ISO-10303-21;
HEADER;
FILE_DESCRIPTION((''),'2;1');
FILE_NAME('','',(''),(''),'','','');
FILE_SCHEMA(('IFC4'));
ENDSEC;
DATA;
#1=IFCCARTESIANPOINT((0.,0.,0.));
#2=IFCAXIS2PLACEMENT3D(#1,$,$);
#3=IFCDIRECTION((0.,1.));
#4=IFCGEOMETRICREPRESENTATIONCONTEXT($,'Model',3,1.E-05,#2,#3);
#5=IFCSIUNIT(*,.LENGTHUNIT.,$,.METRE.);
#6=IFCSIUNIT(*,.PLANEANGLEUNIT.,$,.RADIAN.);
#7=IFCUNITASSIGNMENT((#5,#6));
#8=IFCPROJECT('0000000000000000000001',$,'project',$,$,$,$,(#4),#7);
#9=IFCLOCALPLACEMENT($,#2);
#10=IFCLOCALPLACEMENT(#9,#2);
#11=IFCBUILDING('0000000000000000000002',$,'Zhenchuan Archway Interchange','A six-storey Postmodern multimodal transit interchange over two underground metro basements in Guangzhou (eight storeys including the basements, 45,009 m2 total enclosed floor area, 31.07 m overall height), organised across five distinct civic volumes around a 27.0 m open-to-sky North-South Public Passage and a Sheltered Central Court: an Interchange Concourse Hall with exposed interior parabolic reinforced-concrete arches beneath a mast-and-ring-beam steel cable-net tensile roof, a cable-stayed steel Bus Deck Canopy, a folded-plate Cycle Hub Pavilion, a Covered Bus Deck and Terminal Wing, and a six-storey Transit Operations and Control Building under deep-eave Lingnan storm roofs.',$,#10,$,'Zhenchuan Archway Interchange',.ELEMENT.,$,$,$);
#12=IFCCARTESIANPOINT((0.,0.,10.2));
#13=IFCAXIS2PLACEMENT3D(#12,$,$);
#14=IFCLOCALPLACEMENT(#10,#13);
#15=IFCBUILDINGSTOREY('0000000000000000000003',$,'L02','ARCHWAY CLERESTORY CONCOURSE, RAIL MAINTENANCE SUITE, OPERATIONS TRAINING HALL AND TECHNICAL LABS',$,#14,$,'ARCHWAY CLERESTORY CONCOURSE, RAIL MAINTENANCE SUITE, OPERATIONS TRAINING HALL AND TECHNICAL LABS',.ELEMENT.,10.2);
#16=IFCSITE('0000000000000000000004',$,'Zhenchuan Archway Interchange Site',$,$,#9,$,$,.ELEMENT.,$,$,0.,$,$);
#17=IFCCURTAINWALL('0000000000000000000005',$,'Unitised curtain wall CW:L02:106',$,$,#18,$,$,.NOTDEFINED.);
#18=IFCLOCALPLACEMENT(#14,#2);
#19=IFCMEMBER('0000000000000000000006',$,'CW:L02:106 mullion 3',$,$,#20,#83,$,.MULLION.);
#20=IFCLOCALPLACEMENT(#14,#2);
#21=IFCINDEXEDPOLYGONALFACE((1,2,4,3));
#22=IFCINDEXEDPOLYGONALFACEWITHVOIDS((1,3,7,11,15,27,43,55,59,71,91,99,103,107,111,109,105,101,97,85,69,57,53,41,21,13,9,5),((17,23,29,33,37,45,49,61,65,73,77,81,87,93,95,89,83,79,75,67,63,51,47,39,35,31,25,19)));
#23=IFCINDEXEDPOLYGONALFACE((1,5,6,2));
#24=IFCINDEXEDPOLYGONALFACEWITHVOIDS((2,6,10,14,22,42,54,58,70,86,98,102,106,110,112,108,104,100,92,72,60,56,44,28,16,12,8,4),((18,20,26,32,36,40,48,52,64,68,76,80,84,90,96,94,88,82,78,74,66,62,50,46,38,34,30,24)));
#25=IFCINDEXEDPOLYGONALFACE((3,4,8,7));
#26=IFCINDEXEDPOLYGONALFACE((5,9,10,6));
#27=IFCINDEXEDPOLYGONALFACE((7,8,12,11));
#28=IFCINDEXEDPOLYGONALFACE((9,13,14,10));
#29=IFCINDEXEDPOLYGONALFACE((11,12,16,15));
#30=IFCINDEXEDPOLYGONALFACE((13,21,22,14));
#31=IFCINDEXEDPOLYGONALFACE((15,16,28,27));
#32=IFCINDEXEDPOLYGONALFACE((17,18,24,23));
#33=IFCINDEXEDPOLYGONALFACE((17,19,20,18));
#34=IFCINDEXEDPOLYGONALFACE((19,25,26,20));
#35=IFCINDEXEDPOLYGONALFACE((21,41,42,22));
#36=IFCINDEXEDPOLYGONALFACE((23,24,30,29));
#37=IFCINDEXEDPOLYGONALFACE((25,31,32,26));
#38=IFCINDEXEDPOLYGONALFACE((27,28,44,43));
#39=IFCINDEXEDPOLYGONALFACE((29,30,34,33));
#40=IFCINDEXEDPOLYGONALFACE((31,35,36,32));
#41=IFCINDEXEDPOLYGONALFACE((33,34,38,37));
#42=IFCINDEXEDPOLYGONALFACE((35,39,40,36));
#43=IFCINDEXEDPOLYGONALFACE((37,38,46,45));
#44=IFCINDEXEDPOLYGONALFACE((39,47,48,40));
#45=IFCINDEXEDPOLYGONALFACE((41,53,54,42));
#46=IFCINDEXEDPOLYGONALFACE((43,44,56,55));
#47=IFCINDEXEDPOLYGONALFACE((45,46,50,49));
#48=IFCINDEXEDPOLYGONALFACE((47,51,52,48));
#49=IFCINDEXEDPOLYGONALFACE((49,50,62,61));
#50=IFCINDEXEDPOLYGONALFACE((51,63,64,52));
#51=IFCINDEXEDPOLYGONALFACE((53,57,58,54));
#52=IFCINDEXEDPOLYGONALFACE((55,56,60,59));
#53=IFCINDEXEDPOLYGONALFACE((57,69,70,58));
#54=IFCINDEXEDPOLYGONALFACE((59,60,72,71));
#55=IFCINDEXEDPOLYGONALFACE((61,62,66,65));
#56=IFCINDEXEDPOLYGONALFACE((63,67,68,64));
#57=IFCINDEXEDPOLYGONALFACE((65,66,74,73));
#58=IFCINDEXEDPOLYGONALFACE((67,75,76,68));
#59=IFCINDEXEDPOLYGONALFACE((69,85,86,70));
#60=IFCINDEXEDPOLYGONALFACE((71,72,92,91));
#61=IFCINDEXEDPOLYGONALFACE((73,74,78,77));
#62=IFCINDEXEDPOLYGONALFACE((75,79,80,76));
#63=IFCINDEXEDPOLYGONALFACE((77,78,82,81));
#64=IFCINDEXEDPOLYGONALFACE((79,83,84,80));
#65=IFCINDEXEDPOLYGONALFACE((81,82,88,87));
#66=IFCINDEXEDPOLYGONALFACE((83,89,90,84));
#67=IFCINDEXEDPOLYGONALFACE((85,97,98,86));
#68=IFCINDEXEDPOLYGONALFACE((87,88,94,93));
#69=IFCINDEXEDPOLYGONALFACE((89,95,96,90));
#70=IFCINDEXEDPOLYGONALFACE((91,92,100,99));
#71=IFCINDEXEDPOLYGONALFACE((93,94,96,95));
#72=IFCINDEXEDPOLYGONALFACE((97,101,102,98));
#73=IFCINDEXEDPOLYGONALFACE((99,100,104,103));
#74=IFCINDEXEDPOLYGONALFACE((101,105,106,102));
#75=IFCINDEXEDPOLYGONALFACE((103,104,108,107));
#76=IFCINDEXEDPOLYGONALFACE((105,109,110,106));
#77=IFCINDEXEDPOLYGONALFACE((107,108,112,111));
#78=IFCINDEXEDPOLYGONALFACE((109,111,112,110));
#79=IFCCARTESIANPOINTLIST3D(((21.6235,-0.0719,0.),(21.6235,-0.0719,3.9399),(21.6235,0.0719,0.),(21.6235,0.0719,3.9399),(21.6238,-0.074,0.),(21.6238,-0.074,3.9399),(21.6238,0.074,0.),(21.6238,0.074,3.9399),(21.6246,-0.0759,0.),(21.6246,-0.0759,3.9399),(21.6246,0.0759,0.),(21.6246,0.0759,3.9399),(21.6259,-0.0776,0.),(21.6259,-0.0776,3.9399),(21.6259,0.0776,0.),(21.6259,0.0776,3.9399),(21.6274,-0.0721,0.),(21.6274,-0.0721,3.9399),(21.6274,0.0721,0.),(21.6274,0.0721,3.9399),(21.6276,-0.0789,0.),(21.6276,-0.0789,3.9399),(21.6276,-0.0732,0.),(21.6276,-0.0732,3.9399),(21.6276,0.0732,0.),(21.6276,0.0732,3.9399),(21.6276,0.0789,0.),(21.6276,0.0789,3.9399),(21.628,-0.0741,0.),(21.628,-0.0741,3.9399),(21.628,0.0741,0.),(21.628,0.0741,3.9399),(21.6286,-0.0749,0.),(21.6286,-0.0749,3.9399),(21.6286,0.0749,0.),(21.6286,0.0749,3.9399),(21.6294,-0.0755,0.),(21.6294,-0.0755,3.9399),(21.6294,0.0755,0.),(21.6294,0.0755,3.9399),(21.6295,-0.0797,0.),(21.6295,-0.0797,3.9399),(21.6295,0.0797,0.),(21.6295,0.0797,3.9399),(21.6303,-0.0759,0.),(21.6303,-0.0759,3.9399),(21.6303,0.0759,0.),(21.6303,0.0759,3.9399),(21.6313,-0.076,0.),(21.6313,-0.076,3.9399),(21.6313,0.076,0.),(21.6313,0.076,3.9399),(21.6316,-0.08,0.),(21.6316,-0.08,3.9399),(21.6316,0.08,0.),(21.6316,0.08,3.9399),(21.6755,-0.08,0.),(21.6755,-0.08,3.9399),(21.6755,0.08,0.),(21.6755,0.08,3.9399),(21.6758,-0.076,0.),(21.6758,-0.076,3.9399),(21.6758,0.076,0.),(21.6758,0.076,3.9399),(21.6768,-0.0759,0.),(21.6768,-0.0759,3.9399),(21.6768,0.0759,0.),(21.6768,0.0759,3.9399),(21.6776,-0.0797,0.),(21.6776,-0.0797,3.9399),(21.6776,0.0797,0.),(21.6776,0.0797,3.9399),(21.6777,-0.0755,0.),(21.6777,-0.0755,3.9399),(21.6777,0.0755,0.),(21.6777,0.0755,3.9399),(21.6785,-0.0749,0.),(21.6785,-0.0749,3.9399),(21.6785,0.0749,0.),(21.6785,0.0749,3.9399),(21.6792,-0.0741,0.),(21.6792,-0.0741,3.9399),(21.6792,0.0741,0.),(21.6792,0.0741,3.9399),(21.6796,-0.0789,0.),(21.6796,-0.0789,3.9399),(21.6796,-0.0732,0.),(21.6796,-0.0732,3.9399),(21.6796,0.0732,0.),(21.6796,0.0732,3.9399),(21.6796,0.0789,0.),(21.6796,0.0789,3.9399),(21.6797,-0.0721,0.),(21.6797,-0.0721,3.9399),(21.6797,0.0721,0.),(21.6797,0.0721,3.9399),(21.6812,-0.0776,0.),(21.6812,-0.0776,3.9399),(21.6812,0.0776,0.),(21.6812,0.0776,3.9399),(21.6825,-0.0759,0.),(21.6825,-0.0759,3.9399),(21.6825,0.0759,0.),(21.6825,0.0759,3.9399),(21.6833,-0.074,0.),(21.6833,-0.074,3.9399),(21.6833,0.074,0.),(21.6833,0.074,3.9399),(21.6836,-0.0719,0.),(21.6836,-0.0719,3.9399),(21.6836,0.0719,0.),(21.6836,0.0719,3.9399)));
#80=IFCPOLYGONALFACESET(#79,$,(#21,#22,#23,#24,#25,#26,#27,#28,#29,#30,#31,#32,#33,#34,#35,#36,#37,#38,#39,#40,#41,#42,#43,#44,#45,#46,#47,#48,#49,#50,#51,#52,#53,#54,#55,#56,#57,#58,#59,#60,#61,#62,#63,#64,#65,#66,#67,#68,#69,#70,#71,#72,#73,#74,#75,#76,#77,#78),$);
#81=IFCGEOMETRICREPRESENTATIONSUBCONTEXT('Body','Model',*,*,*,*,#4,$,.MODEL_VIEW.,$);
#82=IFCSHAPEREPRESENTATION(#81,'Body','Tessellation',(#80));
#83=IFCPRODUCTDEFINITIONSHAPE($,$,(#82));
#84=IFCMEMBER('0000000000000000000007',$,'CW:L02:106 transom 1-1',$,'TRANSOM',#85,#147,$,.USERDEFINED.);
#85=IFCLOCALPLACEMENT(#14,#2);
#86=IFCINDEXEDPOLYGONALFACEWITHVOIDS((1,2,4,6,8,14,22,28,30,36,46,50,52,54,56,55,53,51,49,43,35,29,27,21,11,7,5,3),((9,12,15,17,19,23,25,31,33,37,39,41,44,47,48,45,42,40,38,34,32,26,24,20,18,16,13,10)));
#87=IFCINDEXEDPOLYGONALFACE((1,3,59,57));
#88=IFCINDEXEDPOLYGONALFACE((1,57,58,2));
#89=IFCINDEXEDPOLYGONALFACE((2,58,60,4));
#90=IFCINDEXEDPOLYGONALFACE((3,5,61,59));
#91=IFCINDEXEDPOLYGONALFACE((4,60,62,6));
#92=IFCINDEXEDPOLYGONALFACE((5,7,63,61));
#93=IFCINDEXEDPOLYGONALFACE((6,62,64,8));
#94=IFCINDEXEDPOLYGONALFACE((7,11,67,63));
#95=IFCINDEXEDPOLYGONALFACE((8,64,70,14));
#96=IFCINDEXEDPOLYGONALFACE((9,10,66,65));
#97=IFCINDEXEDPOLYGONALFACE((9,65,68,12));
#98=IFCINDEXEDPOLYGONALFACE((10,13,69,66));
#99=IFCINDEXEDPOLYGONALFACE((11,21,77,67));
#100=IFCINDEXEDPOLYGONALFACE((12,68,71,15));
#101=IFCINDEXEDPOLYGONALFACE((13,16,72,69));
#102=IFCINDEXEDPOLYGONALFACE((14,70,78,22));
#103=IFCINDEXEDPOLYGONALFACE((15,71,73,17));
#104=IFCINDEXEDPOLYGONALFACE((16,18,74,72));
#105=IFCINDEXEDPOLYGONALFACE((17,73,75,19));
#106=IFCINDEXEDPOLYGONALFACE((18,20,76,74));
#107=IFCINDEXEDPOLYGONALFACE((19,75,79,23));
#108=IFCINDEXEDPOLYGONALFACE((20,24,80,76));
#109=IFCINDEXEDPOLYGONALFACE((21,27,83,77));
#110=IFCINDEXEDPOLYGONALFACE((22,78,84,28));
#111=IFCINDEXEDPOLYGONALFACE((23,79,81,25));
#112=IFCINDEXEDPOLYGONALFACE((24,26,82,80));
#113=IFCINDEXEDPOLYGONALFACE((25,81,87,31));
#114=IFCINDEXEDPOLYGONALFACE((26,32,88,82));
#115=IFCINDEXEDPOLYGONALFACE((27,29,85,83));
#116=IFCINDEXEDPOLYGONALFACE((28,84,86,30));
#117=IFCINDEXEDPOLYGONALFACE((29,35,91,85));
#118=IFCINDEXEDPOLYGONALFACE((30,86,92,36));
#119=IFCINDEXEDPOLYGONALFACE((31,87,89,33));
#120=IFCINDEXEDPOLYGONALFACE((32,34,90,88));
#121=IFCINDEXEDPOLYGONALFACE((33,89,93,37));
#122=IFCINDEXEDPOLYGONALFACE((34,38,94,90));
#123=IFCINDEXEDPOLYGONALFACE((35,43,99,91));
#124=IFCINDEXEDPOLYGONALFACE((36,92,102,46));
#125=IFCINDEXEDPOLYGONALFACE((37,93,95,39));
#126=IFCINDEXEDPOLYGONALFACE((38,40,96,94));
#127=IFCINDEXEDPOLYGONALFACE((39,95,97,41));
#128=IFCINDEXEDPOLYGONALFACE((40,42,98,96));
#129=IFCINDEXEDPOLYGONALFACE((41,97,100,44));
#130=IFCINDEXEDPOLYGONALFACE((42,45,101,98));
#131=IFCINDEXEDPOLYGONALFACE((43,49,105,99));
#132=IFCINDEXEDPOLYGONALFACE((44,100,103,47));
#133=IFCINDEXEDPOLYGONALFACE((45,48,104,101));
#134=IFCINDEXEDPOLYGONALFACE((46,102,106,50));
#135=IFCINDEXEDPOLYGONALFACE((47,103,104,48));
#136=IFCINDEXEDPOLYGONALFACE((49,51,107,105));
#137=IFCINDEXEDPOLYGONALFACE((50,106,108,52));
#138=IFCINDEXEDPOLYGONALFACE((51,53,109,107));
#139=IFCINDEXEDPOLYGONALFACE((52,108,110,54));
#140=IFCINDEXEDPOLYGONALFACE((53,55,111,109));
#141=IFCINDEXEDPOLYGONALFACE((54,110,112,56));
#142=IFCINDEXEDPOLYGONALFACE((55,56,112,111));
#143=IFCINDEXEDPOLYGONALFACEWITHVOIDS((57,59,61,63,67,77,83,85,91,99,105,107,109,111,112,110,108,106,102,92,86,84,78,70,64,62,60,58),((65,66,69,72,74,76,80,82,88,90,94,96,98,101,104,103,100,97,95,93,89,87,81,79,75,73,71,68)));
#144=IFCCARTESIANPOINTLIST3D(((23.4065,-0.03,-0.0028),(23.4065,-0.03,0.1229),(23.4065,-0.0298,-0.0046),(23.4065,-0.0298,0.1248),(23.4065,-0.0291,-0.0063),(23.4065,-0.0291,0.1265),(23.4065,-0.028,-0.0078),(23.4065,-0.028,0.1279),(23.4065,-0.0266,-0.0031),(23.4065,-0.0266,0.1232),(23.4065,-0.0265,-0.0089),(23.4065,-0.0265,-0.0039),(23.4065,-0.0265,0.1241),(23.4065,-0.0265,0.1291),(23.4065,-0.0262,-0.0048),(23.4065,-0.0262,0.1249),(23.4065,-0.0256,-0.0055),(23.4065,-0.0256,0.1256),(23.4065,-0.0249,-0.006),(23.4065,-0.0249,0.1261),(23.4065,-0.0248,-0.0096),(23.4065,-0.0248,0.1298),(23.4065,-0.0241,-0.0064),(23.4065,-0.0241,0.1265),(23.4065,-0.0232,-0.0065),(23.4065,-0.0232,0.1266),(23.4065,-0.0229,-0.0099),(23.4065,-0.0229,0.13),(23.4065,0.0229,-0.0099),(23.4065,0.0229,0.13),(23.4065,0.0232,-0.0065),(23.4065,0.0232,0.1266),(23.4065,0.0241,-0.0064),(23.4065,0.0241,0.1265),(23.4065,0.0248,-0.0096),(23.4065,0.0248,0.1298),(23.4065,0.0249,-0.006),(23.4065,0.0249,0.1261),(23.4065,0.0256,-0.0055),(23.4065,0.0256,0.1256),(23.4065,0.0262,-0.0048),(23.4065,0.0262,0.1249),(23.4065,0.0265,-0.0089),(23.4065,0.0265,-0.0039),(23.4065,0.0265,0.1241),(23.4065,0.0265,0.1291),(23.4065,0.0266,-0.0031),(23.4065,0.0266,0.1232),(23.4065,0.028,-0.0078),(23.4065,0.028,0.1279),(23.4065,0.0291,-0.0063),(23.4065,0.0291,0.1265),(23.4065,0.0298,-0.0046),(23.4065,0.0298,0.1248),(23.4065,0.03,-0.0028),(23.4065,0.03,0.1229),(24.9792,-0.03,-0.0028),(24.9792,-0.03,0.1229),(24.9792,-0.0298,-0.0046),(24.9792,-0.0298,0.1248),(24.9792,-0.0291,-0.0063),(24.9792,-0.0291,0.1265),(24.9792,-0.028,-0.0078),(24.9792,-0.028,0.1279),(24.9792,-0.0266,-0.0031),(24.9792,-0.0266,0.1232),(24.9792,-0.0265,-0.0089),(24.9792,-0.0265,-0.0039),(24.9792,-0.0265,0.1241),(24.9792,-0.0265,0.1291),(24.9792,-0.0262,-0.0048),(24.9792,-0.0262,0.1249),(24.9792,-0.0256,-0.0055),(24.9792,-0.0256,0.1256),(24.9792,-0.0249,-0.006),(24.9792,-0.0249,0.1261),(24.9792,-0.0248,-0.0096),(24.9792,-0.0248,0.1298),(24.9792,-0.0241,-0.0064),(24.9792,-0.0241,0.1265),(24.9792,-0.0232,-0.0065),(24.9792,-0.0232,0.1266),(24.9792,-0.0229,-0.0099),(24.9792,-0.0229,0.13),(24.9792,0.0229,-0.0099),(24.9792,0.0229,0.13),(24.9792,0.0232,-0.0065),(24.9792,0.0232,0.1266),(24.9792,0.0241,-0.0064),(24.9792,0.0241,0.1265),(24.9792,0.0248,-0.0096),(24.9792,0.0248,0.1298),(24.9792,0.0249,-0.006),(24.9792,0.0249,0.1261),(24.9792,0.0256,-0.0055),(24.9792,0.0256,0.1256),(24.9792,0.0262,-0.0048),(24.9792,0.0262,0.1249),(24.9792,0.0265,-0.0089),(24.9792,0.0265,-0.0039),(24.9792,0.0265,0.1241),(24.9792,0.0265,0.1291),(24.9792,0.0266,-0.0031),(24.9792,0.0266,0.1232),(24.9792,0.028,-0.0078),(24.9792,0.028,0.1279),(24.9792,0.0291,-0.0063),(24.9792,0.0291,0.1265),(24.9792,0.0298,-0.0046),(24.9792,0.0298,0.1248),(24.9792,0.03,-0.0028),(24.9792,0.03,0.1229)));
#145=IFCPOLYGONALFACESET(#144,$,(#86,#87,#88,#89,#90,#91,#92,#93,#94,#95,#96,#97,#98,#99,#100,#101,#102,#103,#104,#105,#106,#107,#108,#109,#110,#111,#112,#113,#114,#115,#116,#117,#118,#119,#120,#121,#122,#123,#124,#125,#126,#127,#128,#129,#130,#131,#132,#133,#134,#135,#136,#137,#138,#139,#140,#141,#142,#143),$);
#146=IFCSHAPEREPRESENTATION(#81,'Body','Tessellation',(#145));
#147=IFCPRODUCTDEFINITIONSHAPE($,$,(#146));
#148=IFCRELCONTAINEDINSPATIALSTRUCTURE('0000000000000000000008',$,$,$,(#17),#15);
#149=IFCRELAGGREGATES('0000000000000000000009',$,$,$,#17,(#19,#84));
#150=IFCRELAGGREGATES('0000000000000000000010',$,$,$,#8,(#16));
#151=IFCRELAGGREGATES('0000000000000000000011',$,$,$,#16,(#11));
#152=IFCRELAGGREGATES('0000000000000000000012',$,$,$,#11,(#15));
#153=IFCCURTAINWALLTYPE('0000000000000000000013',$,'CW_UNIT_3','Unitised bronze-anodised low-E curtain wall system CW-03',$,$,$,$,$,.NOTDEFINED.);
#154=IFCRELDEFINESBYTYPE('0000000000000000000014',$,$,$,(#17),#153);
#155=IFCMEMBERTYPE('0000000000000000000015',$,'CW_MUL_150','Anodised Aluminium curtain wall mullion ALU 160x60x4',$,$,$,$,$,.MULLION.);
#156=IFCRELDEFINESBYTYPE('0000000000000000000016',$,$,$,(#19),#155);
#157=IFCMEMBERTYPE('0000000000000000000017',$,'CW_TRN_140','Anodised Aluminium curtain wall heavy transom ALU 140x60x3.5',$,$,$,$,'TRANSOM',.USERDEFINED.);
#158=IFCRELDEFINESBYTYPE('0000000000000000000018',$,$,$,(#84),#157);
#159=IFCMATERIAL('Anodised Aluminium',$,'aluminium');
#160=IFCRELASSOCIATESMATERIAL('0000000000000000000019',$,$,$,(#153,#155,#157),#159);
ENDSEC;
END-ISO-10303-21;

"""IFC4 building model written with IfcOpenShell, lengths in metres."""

from ifc_helpers import new_model, si_unit, direction, frame, origin, origin_2d, place, context, subcontext, project, spatial, hollow_rectangle, extrude, material, material_profile, profile_set, type_object, element, aggregate, save


model = new_model("IFC4")

# Units and contexts
model_context = context("Model", 3, precision=1e-05, world=origin(), true_north=direction((0.0, 1.0)))
body_context = subcontext(model_context, "Body", "Model", "MODEL_VIEW")
ifc_project = project(units=[si_unit("LENGTHUNIT", "METRE"), si_unit("PLANEANGLEUNIT", "RADIAN")], contexts=[model_context])

# Site, building, storey
site_placement = place(None, origin())
site = spatial("IfcSite", under=ifc_project, at=site_placement, Name="Zhenchuan Archway Interchange Site", CompositionType="ELEMENT", RefElevation=0.0)
building_placement = place(site_placement, origin())
building = spatial("IfcBuilding", under=site, at=building_placement, Name="Zhenchuan Archway Interchange", Description="A six-storey Postmodern multimodal transit interchange over two underground metro basements in Guangzhou (eight storeys including the basements, 45,009 m2 total enclosed floor area, 31.07 m overall height), organised across five distinct civic volumes around a 27.0 m open-to-sky North-South Public Passage and a Sheltered Central Court: an Interchange Concourse Hall with exposed interior parabolic reinforced-concrete arches beneath a mast-and-ring-beam steel cable-net tensile roof, a cable-stayed steel Bus Deck Canopy, a folded-plate Cycle Hub Pavilion, a Covered Bus Deck and Terminal Wing, and a six-storey Transit Operations and Control Building under deep-eave Lingnan storm roofs.", LongName="Zhenchuan Archway Interchange", CompositionType="ELEMENT")
storey_placement = place(building_placement, frame((0.0, 0.0, 10.2)))
storey = spatial("IfcBuildingStorey", under=building, at=storey_placement, Name="L02", Description="ARCHWAY CLERESTORY CONCOURSE, RAIL MAINTENANCE SUITE, OPERATIONS TRAINING HALL AND TECHNICAL LABS", LongName="ARCHWAY CLERESTORY CONCOURSE, RAIL MAINTENANCE SUITE, OPERATIONS TRAINING HALL AND TECHNICAL LABS", CompositionType="ELEMENT", Elevation=10.2)

# Curtain wall, members
ifc_material_1 = material(Name="Anodised Aluminium", Category="aluminium")
curtain_wall_type = type_object("IfcCurtainWallType", Name="CW_UNIT_3", Description="Unitised bronze-anodised low-E curtain wall system CW-03", PredefinedType="NOTDEFINED", material=ifc_material_1)
curtain_wall_placement = place(storey_placement, origin())
curtain_wall = element("IfcCurtainWall", 1, at=curtain_wall_placement, inside=storey, type_object=curtain_wall_type, Name="Unitised curtain wall CW:L02:106", PredefinedType="NOTDEFINED")
ifc_material_profile_1 = material_profile(ifc_material_1, hollow_rectangle(XDim=0.0601, YDim=0.1599, WallThickness=0.0039, InnerFilletRadius=0.0039, OuterFilletRadius=0.0081, at=origin_2d()), Name="ALU 160x60x4")
ifc_profile_set_1 = profile_set([ifc_material_profile_1], Name="Anodised Aluminium")
member_type_1 = type_object("IfcMemberType", Name="CW_MUL_150", Description="Anodised Aluminium curtain wall mullion ALU 160x60x4", PredefinedType="MULLION", material=ifc_profile_set_1)
member_1_placement = place(storey_placement, frame((21.6536, 0.0, 0.0), z_axis=(0.0, 0.0, 1.0), x_axis=(1.0, 0.0, 0.0)))
member_1 = element("IfcMember", 2, at=member_1_placement, type_object=member_type_1, Name="CW:L02:106 mullion 3", PredefinedType="MULLION", context=body_context, shape_type="SweptSolid", body=[
    extrude(hollow_rectangle(XDim=0.0601, YDim=0.1599, WallThickness=0.0039, InnerFilletRadius=0.0039, OuterFilletRadius=0.0081, at=origin_2d()), origin(), (0.0, 0.0, 1.0), 3.9399),
])
ifc_material_profile_2 = material_profile(ifc_material_1, hollow_rectangle(XDim=0.0601, YDim=0.1399, WallThickness=0.0034, InnerFilletRadius=0.0034, OuterFilletRadius=0.0071, at=origin_2d()), Name="ALU 140x60x3.5")
ifc_profile_set_2 = profile_set([ifc_material_profile_2], Name="Anodised Aluminium")
member_type_2 = type_object("IfcMemberType", Name="CW_TRN_140", Description="Anodised Aluminium curtain wall heavy transom ALU 140x60x3.5", ElementType="TRANSOM", PredefinedType="USERDEFINED", material=ifc_profile_set_2)
member_2_placement = place(storey_placement, frame((24.9792, 0.0, 0.0601), z_axis=(-1.0, 0.0, 0.0), x_axis=(0.0, -1.0, 0.0)))
member_2 = element("IfcMember", 3, at=member_2_placement, type_object=member_type_2, Name="CW:L02:106 transom 1-1", ObjectType="TRANSOM", PredefinedType="USERDEFINED", context=body_context, shape_type="SweptSolid", body=[
    extrude(hollow_rectangle(XDim=0.0601, YDim=0.1399, WallThickness=0.0034, InnerFilletRadius=0.0034, OuterFilletRadius=0.0071, at=origin_2d()), origin(), (0.0, 0.0, 1.0), 1.5728),
])

aggregate(curtain_wall, [member_1, member_2])

save(model, "model.ifc")
